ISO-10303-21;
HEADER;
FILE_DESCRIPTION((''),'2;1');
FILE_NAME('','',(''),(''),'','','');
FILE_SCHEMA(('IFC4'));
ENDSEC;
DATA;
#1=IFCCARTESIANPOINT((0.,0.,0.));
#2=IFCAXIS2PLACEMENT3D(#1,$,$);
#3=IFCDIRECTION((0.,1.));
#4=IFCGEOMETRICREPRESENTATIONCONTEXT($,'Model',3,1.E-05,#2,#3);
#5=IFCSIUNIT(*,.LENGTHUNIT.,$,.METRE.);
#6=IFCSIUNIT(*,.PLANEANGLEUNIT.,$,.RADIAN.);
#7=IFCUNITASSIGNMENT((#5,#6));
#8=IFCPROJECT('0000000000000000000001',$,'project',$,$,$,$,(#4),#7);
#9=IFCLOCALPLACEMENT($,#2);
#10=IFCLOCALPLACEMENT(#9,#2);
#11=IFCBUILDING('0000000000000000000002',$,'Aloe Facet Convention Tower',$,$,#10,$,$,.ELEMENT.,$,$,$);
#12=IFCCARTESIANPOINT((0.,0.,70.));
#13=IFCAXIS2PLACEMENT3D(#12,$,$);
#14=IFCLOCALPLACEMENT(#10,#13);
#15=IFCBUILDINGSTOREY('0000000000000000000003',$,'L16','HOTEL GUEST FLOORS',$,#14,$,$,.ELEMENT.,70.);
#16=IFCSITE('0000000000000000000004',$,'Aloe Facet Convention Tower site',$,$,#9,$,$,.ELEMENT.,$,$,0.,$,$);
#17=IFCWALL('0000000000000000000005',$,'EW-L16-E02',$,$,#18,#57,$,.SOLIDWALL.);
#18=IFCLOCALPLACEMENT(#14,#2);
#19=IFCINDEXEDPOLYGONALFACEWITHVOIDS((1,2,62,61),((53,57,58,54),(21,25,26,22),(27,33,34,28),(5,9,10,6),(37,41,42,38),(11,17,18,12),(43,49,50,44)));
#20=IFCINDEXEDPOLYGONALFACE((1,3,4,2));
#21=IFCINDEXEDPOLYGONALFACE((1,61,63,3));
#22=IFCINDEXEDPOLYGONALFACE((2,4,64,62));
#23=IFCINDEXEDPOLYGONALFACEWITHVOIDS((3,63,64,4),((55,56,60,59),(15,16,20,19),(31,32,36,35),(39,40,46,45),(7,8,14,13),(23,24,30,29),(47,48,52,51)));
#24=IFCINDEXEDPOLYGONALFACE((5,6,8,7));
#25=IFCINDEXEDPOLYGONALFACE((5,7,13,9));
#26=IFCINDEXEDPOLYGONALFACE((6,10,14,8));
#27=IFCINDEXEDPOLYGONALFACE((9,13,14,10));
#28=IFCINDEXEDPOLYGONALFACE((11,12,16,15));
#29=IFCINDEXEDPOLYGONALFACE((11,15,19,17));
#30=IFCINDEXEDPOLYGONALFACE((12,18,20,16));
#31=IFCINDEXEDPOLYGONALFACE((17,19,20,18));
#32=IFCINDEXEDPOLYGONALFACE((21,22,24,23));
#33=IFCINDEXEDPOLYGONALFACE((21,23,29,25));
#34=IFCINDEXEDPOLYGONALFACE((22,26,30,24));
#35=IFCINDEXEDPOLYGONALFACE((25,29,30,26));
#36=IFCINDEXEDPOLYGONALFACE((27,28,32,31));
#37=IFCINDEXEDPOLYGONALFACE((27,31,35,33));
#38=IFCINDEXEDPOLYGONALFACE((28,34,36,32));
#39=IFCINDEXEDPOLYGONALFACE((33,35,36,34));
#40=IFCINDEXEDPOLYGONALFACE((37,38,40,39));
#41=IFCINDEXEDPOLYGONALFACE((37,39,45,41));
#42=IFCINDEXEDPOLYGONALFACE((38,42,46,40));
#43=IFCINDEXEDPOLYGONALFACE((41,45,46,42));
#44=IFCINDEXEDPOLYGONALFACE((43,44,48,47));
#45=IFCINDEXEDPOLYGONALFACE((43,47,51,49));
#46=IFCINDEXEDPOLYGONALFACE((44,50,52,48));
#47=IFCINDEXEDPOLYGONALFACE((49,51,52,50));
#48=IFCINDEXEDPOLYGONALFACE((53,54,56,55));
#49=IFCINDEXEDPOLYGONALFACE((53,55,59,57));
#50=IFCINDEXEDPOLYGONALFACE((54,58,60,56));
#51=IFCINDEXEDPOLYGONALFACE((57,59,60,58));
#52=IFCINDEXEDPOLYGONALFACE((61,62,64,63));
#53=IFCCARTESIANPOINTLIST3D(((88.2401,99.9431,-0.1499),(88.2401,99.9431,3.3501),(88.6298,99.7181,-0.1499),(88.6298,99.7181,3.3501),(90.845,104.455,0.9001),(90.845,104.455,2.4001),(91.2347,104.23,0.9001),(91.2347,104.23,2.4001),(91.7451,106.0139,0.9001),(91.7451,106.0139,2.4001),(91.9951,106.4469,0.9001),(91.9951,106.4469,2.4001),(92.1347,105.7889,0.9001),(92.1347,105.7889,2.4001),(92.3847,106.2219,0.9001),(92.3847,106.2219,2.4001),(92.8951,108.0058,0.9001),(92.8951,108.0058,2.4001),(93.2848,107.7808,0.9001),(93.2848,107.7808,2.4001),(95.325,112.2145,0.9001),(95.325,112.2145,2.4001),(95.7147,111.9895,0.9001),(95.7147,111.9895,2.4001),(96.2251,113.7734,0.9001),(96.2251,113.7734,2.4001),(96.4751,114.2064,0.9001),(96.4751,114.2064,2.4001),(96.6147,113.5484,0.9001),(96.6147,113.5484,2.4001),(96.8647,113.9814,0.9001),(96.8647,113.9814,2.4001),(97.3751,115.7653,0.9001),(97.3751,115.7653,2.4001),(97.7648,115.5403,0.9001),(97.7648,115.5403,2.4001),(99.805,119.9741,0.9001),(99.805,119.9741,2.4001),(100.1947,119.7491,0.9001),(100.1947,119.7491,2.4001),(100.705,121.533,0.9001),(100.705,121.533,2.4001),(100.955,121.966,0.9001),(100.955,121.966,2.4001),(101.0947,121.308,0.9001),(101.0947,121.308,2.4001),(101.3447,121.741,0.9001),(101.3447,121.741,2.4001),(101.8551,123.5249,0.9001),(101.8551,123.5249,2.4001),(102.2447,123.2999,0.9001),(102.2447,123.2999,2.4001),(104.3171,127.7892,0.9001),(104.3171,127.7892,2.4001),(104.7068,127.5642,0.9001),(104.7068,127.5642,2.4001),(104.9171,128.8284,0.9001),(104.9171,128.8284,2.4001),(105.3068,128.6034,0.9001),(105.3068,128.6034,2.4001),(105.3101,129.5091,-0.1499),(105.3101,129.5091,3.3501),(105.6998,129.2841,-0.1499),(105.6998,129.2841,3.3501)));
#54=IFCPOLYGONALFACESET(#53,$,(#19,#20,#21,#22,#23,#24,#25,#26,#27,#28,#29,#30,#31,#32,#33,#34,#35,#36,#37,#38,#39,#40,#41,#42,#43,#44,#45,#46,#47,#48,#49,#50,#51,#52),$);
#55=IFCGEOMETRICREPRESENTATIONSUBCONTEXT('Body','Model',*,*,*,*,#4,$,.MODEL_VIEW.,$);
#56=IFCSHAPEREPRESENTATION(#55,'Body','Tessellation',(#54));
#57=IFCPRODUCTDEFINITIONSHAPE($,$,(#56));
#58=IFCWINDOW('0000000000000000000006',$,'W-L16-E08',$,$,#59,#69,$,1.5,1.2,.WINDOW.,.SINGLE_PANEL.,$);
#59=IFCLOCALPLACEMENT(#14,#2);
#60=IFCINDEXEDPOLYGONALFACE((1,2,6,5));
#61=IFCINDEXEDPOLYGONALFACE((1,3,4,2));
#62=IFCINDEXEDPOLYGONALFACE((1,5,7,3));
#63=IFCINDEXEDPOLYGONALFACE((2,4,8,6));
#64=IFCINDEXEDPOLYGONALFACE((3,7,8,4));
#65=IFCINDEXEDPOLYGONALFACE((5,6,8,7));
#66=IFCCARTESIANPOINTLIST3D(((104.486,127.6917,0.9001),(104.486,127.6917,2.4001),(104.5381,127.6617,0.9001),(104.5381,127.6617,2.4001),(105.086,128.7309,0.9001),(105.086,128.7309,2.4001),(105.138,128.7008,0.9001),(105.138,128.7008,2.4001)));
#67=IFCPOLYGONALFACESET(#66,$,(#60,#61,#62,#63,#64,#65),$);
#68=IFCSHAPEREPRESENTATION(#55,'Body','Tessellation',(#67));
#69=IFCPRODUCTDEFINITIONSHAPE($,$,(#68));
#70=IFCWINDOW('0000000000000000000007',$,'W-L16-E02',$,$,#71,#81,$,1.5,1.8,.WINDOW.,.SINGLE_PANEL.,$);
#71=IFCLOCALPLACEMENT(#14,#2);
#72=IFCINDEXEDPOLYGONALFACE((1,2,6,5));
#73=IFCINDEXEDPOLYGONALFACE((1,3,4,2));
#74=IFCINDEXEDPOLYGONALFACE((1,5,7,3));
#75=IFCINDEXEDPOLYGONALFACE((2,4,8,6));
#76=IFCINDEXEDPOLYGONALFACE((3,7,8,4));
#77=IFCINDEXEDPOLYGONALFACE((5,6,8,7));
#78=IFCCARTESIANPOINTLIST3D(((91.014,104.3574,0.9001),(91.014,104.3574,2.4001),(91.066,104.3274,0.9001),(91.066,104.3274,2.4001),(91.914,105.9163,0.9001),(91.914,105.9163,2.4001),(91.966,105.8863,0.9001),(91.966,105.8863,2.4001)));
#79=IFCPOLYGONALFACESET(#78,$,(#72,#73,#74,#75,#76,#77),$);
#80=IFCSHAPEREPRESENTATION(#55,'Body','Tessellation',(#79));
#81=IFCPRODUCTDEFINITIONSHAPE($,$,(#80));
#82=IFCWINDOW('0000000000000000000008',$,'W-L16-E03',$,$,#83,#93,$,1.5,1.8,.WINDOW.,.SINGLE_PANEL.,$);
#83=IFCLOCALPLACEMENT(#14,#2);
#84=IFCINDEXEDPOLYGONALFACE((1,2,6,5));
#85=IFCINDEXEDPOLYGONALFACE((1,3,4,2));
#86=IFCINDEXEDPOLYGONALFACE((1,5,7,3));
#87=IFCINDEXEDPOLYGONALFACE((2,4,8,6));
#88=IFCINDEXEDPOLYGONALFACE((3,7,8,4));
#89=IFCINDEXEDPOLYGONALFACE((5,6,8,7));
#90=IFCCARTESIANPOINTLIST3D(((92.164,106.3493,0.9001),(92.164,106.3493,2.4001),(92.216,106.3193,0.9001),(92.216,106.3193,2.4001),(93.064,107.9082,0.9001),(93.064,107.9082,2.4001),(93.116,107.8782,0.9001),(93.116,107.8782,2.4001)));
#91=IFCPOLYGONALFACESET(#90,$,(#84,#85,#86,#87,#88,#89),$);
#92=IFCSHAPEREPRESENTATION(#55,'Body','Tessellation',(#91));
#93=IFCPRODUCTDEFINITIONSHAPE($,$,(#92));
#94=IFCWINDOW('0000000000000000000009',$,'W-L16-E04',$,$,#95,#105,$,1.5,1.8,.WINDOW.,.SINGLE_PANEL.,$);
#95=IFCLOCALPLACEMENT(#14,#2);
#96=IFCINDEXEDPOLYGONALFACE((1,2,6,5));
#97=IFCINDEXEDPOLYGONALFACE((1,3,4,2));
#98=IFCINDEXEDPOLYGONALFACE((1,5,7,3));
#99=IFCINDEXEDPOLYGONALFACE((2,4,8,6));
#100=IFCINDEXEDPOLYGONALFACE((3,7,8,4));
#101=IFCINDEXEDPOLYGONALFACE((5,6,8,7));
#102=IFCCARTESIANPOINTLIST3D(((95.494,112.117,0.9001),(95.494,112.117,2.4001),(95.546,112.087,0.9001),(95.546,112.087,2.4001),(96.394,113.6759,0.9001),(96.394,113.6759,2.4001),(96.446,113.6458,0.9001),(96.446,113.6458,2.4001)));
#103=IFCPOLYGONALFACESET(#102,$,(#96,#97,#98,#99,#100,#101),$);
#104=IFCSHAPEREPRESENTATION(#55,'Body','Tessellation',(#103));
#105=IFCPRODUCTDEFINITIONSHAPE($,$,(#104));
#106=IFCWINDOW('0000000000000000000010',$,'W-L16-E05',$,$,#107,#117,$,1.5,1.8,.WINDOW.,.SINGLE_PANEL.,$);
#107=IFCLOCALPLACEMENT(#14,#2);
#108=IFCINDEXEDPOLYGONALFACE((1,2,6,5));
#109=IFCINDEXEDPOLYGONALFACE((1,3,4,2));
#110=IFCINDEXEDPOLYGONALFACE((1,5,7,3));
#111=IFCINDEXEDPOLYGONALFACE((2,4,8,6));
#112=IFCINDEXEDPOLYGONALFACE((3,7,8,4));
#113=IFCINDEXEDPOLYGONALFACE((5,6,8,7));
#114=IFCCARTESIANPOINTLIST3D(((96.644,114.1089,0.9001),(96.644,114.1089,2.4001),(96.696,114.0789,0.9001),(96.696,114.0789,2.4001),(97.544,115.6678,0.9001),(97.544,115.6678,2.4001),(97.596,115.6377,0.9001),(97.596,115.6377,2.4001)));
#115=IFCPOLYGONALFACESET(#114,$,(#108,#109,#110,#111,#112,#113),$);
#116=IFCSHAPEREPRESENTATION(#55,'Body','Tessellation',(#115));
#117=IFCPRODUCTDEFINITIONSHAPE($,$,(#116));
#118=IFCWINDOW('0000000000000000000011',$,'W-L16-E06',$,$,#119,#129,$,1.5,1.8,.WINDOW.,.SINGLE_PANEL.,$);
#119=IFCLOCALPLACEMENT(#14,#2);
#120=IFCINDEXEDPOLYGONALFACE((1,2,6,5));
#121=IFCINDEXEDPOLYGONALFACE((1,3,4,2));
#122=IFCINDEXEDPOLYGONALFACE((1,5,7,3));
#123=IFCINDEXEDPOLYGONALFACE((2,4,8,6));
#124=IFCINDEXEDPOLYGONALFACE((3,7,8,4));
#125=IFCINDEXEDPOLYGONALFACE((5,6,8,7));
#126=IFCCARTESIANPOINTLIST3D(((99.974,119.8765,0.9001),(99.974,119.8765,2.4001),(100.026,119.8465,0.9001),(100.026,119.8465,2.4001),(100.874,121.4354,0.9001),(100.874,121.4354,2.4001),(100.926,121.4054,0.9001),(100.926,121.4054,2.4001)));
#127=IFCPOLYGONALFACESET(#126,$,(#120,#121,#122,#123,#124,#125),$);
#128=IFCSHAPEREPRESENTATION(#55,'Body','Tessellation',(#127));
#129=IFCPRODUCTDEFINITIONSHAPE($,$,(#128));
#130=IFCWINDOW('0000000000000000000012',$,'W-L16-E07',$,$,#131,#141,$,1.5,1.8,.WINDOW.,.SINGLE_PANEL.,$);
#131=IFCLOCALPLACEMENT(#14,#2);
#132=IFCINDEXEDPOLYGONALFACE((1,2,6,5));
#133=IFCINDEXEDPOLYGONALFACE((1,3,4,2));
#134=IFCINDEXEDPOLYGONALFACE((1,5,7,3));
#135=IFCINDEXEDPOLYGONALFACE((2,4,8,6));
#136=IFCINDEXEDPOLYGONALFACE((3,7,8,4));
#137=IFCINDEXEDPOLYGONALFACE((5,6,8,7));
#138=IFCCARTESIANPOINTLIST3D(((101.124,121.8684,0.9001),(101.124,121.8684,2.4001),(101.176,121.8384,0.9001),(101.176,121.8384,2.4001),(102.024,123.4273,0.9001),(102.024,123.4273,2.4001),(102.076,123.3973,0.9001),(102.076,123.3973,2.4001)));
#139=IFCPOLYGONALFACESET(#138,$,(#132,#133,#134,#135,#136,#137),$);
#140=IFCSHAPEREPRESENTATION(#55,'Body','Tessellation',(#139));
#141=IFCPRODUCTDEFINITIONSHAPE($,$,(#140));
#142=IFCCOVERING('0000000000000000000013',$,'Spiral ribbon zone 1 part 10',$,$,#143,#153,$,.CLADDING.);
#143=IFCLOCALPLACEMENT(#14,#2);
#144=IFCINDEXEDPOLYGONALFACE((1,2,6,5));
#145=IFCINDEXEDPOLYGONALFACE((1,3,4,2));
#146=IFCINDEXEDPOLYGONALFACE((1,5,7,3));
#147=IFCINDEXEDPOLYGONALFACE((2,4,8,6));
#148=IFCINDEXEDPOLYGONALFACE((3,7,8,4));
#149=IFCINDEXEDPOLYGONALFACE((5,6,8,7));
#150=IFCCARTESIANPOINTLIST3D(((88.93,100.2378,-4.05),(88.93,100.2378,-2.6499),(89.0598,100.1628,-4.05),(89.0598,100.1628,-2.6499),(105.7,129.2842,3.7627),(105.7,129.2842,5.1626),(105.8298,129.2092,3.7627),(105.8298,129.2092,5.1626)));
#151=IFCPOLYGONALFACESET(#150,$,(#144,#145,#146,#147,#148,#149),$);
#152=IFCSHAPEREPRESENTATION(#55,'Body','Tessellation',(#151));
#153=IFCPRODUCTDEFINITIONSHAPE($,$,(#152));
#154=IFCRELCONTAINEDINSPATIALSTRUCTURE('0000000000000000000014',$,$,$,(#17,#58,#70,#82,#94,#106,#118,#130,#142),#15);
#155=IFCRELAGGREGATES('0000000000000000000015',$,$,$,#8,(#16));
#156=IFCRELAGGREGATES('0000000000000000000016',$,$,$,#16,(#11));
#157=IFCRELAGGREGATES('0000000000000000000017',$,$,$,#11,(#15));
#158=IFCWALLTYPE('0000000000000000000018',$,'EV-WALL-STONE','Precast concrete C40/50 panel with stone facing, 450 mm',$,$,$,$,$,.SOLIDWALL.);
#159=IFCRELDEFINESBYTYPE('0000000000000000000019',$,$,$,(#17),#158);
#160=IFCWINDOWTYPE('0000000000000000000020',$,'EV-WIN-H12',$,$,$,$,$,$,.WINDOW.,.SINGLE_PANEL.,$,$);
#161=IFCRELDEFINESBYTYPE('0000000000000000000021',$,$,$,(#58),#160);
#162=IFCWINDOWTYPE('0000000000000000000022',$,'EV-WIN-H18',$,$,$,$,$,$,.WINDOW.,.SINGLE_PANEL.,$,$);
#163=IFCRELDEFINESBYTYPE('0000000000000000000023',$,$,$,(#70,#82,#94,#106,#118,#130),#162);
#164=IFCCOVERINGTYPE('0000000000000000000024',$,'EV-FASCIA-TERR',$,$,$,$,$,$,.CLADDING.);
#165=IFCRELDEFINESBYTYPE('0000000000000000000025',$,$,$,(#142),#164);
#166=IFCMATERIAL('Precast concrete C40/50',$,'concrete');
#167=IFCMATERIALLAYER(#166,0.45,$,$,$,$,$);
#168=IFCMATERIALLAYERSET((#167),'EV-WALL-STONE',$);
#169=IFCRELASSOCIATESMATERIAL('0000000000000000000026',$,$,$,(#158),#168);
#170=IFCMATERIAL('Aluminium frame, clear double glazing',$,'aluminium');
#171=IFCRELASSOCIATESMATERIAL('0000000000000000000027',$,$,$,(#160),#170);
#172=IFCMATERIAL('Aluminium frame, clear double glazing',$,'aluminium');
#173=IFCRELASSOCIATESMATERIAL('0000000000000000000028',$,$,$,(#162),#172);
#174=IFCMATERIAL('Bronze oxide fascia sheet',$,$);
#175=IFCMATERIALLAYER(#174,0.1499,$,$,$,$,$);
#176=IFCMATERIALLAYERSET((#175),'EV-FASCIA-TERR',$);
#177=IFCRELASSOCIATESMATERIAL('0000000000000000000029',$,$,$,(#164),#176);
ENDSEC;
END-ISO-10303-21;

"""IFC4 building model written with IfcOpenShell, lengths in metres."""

from ifc_helpers import new_model, si_unit, direction, frame, frame_2d, origin, place, context, subcontext, project, spatial, polyline, rectangle, outline, extrude, material, layer, layer_set, type_object, element, fill, save


model = new_model("IFC4")

# Units and contexts
model_context = context("Model", 3, precision=1e-05, world=origin(), true_north=direction((0.0, 1.0)))
body_context = subcontext(model_context, "Body", "Model", "MODEL_VIEW")
ifc_project = project(units=[si_unit("LENGTHUNIT", "METRE"), si_unit("PLANEANGLEUNIT", "RADIAN")], contexts=[model_context])

# Site, building, storey
site_placement = place(None, origin())
site = spatial("IfcSite", under=ifc_project, at=site_placement, Name="Aloe Facet Convention Tower site", CompositionType="ELEMENT", RefElevation=0.0)
building_placement = place(site_placement, origin())
building = spatial("IfcBuilding", under=site, at=building_placement, Name="Aloe Facet Convention Tower", CompositionType="ELEMENT")
storey_placement = place(building_placement, frame((0.0, 0.0, 70.0)))
storey = spatial("IfcBuildingStorey", under=building, at=storey_placement, Name="L16", Description="HOTEL GUEST FLOORS", CompositionType="ELEMENT", Elevation=70.0)

# Wall, openings, windows
ifc_material_1 = material(Name="Precast concrete C40/50", Category="concrete")
ifc_layer_1 = layer(ifc_material_1, 0.45)
ifc_layer_set_1 = layer_set([ifc_layer_1], Name="EV-WALL-STONE")
wall_type = type_object("IfcWallType", Name="EV-WALL-STONE", Description="Precast concrete C40/50 panel with stone facing, 450 mm", PredefinedType="SOLIDWALL", material=ifc_layer_set_1)
wall_placement = place(storey_placement, frame((88.4351, 99.8306, -0.1499), z_axis=(0.0, 0.0, 1.0), x_axis=(0.500001, 0.866025, 0.0)))
wall = element("IfcWall", 1, at=wall_placement, inside=storey, type_object=wall_type, Name="EW-L16-E02", PredefinedType="SOLIDWALL", context=body_context, shape_type="SweptSolid", body=[
    extrude(outline(polyline([(34.1399, 3.5), (34.1399, 0.0), (0.0, 0.0), (0.0, 3.5), (34.1399, 3.5)])), frame((0.0, 0.2251, 0.0), z_axis=(0.0, -1.0, 0.0), x_axis=(1.0, 0.0, 0.0)), (0.0, 0.0, 1.0), 0.45),
])
opening_1_placement = place(wall_placement, frame((5.21, 0.0, 1.05)))
opening_1 = element("IfcOpeningElement", 2, at=opening_1_placement, cuts=wall, PredefinedType="OPENING", context=body_context, shape_type="SweptSolid", body=[
    extrude(rectangle(XDim=1.8, YDim=1.5, at=frame_2d((0.8999, 0.75))), frame((0.0, 0.2349, 0.0), z_axis=(0.0, -1.0, 0.0), x_axis=(1.0, 0.0, 0.0)), (0.0, 0.0, 1.0), 0.47),
])
opening_2_placement = place(wall_placement, frame((7.51, 0.0, 1.05)))
opening_2 = element("IfcOpeningElement", 3, at=opening_2_placement, cuts=wall, PredefinedType="OPENING", context=body_context, shape_type="SweptSolid", body=[
    extrude(rectangle(XDim=1.8, YDim=1.5, at=frame_2d((0.8999, 0.75))), frame((0.0, 0.2349, 0.0), z_axis=(0.0, -1.0, 0.0), x_axis=(1.0, 0.0, 0.0)), (0.0, 0.0, 1.0), 0.47),
])
opening_3_placement = place(wall_placement, frame((14.1699, 0.0, 1.05)))
opening_3 = element("IfcOpeningElement", 4, at=opening_3_placement, cuts=wall, PredefinedType="OPENING", context=body_context, shape_type="SweptSolid", body=[
    extrude(rectangle(XDim=1.8, YDim=1.5, at=frame_2d((0.8999, 0.75))), frame((0.0, 0.2349, 0.0), z_axis=(0.0, -1.0, 0.0), x_axis=(1.0, 0.0, 0.0)), (0.0, 0.0, 1.0), 0.47),
])
opening_4_placement = place(wall_placement, frame((16.47, 0.0, 1.05)))
opening_4 = element("IfcOpeningElement", 5, at=opening_4_placement, cuts=wall, PredefinedType="OPENING", context=body_context, shape_type="SweptSolid", body=[
    extrude(rectangle(XDim=1.8, YDim=1.5, at=frame_2d((0.8999, 0.75))), frame((0.0, 0.2349, 0.0), z_axis=(0.0, -1.0, 0.0), x_axis=(1.0, 0.0, 0.0)), (0.0, 0.0, 1.0), 0.47),
])
opening_5_placement = place(wall_placement, frame((23.1299, 0.0, 1.05)))
opening_5 = element("IfcOpeningElement", 6, at=opening_5_placement, cuts=wall, PredefinedType="OPENING", context=body_context, shape_type="SweptSolid", body=[
    extrude(rectangle(XDim=1.8, YDim=1.5, at=frame_2d((0.8999, 0.75))), frame((0.0, 0.2349, 0.0), z_axis=(0.0, -1.0, 0.0), x_axis=(1.0, 0.0, 0.0)), (0.0, 0.0, 1.0), 0.47),
])
opening_6_placement = place(wall_placement, frame((25.4299, 0.0, 1.05)))
opening_6 = element("IfcOpeningElement", 7, at=opening_6_placement, cuts=wall, PredefinedType="OPENING", context=body_context, shape_type="SweptSolid", body=[
    extrude(rectangle(XDim=1.8, YDim=1.5, at=frame_2d((0.8999, 0.75))), frame((0.0, 0.2349, 0.0), z_axis=(0.0, -1.0, 0.0), x_axis=(1.0, 0.0, 0.0)), (0.0, 0.0, 1.0), 0.47),
])
opening_7_placement = place(wall_placement, frame((32.1538, 0.0, 1.05)))
opening_7 = element("IfcOpeningElement", 8, at=opening_7_placement, cuts=wall, PredefinedType="OPENING", context=body_context, shape_type="SweptSolid", body=[
    extrude(rectangle(XDim=1.2, YDim=1.5, at=frame_2d((0.6001, 0.75))), frame((0.0, 0.2349, 0.0), z_axis=(0.0, -1.0, 0.0), x_axis=(1.0, 0.0, 0.0)), (0.0, 0.0, 1.0), 0.47),
])
ifc_material_2 = material(Name="Aluminium frame, clear double glazing", Category="aluminium")
window_type_1 = type_object("IfcWindowType", Name="EV-WIN-H12", PartitioningType="SINGLE_PANEL", PredefinedType="WINDOW", material=ifc_material_2)
window_1_placement = place(opening_7_placement, origin())
window_1 = element("IfcWindow", 9, at=window_1_placement, inside=storey, type_object=window_type_1, Name="W-L16-E08", OverallHeight=1.5, OverallWidth=1.2, PartitioningType="SINGLE_PANEL", PredefinedType="WINDOW", context=body_context, shape_type="SweptSolid", body=[
    extrude(rectangle(XDim=1.2, YDim=1.5, at=frame_2d((0.6001, 0.75))), frame((0.0, 0.03, 0.0), z_axis=(0.0, -1.0, 0.0), x_axis=(1.0, 0.0, 0.0)), (0.0, 0.0, 1.0), 0.0601),
])
fill(opening_7, window_1)
ifc_material_3 = material(Name="Aluminium frame, clear double glazing", Category="aluminium")
window_type_2 = type_object("IfcWindowType", Name="EV-WIN-H18", PartitioningType="SINGLE_PANEL", PredefinedType="WINDOW", material=ifc_material_3)
window_2_placement = place(opening_1_placement, origin())
window_2 = element("IfcWindow", 10, at=window_2_placement, inside=storey, type_object=window_type_2, Name="W-L16-E02", OverallHeight=1.5, OverallWidth=1.8, PartitioningType="SINGLE_PANEL", PredefinedType="WINDOW", context=body_context, shape_type="SweptSolid", body=[
    extrude(rectangle(XDim=1.8, YDim=1.5, at=frame_2d((0.8999, 0.75))), frame((0.0, 0.03, 0.0), z_axis=(0.0, -1.0, 0.0), x_axis=(1.0, 0.0, 0.0)), (0.0, 0.0, 1.0), 0.0601),
])
fill(opening_1, window_2)
window_3_placement = place(opening_2_placement, origin())
window_3 = element("IfcWindow", 11, at=window_3_placement, inside=storey, type_object=window_type_2, Name="W-L16-E03", OverallHeight=1.5, OverallWidth=1.8, PartitioningType="SINGLE_PANEL", PredefinedType="WINDOW", context=body_context, shape_type="SweptSolid", body=[
    extrude(rectangle(XDim=1.8, YDim=1.5, at=frame_2d((0.8999, 0.75))), frame((0.0, 0.03, 0.0), z_axis=(0.0, -1.0, 0.0), x_axis=(1.0, 0.0, 0.0)), (0.0, 0.0, 1.0), 0.0601),
])
fill(opening_2, window_3)
window_4_placement = place(opening_3_placement, origin())
window_4 = element("IfcWindow", 12, at=window_4_placement, inside=storey, type_object=window_type_2, Name="W-L16-E04", OverallHeight=1.5, OverallWidth=1.8, PartitioningType="SINGLE_PANEL", PredefinedType="WINDOW", context=body_context, shape_type="SweptSolid", body=[
    extrude(rectangle(XDim=1.8, YDim=1.5, at=frame_2d((0.8999, 0.75))), frame((0.0, 0.03, 0.0), z_axis=(0.0, -1.0, 0.0), x_axis=(1.0, 0.0, 0.0)), (0.0, 0.0, 1.0), 0.0601),
])
fill(opening_3, window_4)
window_5_placement = place(opening_4_placement, origin())
window_5 = element("IfcWindow", 13, at=window_5_placement, inside=storey, type_object=window_type_2, Name="W-L16-E05", OverallHeight=1.5, OverallWidth=1.8, PartitioningType="SINGLE_PANEL", PredefinedType="WINDOW", context=body_context, shape_type="SweptSolid", body=[
    extrude(rectangle(XDim=1.8, YDim=1.5, at=frame_2d((0.8999, 0.75))), frame((0.0, 0.03, 0.0), z_axis=(0.0, -1.0, 0.0), x_axis=(1.0, 0.0, 0.0)), (0.0, 0.0, 1.0), 0.0601),
])
fill(opening_4, window_5)
window_6_placement = place(opening_5_placement, origin())
window_6 = element("IfcWindow", 14, at=window_6_placement, inside=storey, type_object=window_type_2, Name="W-L16-E06", OverallHeight=1.5, OverallWidth=1.8, PartitioningType="SINGLE_PANEL", PredefinedType="WINDOW", context=body_context, shape_type="SweptSolid", body=[
    extrude(rectangle(XDim=1.8, YDim=1.5, at=frame_2d((0.8999, 0.75))), frame((0.0, 0.03, 0.0), z_axis=(0.0, -1.0, 0.0), x_axis=(1.0, 0.0, 0.0)), (0.0, 0.0, 1.0), 0.0601),
])
fill(opening_5, window_6)
window_7_placement = place(opening_6_placement, origin())
window_7 = element("IfcWindow", 15, at=window_7_placement, inside=storey, type_object=window_type_2, Name="W-L16-E07", OverallHeight=1.5, OverallWidth=1.8, PartitioningType="SINGLE_PANEL", PredefinedType="WINDOW", context=body_context, shape_type="SweptSolid", body=[
    extrude(rectangle(XDim=1.8, YDim=1.5, at=frame_2d((0.8999, 0.75))), frame((0.0, 0.03, 0.0), z_axis=(0.0, -1.0, 0.0), x_axis=(1.0, 0.0, 0.0)), (0.0, 0.0, 1.0), 0.0601),
])
fill(opening_6, window_7)

# Covering
ifc_material_4 = material(Name="Bronze oxide fascia sheet")
ifc_layer_2 = layer(ifc_material_4, 0.1499)
ifc_layer_set_2 = layer_set([ifc_layer_2], Name="EV-FASCIA-TERR")
covering_type = type_object("IfcCoveringType", Name="EV-FASCIA-TERR", PredefinedType="CLADDING", material=ifc_layer_set_2)
covering_placement = place(storey_placement, frame((89.0598, 100.1628, -4.05), z_axis=(0.866024, -0.500002, 0.0), x_axis=(0.486965, 0.843444, 0.226865)))
element("IfcCovering", 16, at=covering_placement, inside=storey, type_object=covering_type, Name="Spiral ribbon zone 1 part 10", PredefinedType="CLADDING", context=body_context, shape_type="SweptSolid", body=[
    extrude(outline(polyline([(0.0, 0.0), (34.4378, 0.0), (34.7554, 1.3634), (0.3176, 1.3636), (0.0, 0.0)])), origin(), (0.0, 0.0, -1.0), 0.1499),
])

save(model, "model.ifc")
